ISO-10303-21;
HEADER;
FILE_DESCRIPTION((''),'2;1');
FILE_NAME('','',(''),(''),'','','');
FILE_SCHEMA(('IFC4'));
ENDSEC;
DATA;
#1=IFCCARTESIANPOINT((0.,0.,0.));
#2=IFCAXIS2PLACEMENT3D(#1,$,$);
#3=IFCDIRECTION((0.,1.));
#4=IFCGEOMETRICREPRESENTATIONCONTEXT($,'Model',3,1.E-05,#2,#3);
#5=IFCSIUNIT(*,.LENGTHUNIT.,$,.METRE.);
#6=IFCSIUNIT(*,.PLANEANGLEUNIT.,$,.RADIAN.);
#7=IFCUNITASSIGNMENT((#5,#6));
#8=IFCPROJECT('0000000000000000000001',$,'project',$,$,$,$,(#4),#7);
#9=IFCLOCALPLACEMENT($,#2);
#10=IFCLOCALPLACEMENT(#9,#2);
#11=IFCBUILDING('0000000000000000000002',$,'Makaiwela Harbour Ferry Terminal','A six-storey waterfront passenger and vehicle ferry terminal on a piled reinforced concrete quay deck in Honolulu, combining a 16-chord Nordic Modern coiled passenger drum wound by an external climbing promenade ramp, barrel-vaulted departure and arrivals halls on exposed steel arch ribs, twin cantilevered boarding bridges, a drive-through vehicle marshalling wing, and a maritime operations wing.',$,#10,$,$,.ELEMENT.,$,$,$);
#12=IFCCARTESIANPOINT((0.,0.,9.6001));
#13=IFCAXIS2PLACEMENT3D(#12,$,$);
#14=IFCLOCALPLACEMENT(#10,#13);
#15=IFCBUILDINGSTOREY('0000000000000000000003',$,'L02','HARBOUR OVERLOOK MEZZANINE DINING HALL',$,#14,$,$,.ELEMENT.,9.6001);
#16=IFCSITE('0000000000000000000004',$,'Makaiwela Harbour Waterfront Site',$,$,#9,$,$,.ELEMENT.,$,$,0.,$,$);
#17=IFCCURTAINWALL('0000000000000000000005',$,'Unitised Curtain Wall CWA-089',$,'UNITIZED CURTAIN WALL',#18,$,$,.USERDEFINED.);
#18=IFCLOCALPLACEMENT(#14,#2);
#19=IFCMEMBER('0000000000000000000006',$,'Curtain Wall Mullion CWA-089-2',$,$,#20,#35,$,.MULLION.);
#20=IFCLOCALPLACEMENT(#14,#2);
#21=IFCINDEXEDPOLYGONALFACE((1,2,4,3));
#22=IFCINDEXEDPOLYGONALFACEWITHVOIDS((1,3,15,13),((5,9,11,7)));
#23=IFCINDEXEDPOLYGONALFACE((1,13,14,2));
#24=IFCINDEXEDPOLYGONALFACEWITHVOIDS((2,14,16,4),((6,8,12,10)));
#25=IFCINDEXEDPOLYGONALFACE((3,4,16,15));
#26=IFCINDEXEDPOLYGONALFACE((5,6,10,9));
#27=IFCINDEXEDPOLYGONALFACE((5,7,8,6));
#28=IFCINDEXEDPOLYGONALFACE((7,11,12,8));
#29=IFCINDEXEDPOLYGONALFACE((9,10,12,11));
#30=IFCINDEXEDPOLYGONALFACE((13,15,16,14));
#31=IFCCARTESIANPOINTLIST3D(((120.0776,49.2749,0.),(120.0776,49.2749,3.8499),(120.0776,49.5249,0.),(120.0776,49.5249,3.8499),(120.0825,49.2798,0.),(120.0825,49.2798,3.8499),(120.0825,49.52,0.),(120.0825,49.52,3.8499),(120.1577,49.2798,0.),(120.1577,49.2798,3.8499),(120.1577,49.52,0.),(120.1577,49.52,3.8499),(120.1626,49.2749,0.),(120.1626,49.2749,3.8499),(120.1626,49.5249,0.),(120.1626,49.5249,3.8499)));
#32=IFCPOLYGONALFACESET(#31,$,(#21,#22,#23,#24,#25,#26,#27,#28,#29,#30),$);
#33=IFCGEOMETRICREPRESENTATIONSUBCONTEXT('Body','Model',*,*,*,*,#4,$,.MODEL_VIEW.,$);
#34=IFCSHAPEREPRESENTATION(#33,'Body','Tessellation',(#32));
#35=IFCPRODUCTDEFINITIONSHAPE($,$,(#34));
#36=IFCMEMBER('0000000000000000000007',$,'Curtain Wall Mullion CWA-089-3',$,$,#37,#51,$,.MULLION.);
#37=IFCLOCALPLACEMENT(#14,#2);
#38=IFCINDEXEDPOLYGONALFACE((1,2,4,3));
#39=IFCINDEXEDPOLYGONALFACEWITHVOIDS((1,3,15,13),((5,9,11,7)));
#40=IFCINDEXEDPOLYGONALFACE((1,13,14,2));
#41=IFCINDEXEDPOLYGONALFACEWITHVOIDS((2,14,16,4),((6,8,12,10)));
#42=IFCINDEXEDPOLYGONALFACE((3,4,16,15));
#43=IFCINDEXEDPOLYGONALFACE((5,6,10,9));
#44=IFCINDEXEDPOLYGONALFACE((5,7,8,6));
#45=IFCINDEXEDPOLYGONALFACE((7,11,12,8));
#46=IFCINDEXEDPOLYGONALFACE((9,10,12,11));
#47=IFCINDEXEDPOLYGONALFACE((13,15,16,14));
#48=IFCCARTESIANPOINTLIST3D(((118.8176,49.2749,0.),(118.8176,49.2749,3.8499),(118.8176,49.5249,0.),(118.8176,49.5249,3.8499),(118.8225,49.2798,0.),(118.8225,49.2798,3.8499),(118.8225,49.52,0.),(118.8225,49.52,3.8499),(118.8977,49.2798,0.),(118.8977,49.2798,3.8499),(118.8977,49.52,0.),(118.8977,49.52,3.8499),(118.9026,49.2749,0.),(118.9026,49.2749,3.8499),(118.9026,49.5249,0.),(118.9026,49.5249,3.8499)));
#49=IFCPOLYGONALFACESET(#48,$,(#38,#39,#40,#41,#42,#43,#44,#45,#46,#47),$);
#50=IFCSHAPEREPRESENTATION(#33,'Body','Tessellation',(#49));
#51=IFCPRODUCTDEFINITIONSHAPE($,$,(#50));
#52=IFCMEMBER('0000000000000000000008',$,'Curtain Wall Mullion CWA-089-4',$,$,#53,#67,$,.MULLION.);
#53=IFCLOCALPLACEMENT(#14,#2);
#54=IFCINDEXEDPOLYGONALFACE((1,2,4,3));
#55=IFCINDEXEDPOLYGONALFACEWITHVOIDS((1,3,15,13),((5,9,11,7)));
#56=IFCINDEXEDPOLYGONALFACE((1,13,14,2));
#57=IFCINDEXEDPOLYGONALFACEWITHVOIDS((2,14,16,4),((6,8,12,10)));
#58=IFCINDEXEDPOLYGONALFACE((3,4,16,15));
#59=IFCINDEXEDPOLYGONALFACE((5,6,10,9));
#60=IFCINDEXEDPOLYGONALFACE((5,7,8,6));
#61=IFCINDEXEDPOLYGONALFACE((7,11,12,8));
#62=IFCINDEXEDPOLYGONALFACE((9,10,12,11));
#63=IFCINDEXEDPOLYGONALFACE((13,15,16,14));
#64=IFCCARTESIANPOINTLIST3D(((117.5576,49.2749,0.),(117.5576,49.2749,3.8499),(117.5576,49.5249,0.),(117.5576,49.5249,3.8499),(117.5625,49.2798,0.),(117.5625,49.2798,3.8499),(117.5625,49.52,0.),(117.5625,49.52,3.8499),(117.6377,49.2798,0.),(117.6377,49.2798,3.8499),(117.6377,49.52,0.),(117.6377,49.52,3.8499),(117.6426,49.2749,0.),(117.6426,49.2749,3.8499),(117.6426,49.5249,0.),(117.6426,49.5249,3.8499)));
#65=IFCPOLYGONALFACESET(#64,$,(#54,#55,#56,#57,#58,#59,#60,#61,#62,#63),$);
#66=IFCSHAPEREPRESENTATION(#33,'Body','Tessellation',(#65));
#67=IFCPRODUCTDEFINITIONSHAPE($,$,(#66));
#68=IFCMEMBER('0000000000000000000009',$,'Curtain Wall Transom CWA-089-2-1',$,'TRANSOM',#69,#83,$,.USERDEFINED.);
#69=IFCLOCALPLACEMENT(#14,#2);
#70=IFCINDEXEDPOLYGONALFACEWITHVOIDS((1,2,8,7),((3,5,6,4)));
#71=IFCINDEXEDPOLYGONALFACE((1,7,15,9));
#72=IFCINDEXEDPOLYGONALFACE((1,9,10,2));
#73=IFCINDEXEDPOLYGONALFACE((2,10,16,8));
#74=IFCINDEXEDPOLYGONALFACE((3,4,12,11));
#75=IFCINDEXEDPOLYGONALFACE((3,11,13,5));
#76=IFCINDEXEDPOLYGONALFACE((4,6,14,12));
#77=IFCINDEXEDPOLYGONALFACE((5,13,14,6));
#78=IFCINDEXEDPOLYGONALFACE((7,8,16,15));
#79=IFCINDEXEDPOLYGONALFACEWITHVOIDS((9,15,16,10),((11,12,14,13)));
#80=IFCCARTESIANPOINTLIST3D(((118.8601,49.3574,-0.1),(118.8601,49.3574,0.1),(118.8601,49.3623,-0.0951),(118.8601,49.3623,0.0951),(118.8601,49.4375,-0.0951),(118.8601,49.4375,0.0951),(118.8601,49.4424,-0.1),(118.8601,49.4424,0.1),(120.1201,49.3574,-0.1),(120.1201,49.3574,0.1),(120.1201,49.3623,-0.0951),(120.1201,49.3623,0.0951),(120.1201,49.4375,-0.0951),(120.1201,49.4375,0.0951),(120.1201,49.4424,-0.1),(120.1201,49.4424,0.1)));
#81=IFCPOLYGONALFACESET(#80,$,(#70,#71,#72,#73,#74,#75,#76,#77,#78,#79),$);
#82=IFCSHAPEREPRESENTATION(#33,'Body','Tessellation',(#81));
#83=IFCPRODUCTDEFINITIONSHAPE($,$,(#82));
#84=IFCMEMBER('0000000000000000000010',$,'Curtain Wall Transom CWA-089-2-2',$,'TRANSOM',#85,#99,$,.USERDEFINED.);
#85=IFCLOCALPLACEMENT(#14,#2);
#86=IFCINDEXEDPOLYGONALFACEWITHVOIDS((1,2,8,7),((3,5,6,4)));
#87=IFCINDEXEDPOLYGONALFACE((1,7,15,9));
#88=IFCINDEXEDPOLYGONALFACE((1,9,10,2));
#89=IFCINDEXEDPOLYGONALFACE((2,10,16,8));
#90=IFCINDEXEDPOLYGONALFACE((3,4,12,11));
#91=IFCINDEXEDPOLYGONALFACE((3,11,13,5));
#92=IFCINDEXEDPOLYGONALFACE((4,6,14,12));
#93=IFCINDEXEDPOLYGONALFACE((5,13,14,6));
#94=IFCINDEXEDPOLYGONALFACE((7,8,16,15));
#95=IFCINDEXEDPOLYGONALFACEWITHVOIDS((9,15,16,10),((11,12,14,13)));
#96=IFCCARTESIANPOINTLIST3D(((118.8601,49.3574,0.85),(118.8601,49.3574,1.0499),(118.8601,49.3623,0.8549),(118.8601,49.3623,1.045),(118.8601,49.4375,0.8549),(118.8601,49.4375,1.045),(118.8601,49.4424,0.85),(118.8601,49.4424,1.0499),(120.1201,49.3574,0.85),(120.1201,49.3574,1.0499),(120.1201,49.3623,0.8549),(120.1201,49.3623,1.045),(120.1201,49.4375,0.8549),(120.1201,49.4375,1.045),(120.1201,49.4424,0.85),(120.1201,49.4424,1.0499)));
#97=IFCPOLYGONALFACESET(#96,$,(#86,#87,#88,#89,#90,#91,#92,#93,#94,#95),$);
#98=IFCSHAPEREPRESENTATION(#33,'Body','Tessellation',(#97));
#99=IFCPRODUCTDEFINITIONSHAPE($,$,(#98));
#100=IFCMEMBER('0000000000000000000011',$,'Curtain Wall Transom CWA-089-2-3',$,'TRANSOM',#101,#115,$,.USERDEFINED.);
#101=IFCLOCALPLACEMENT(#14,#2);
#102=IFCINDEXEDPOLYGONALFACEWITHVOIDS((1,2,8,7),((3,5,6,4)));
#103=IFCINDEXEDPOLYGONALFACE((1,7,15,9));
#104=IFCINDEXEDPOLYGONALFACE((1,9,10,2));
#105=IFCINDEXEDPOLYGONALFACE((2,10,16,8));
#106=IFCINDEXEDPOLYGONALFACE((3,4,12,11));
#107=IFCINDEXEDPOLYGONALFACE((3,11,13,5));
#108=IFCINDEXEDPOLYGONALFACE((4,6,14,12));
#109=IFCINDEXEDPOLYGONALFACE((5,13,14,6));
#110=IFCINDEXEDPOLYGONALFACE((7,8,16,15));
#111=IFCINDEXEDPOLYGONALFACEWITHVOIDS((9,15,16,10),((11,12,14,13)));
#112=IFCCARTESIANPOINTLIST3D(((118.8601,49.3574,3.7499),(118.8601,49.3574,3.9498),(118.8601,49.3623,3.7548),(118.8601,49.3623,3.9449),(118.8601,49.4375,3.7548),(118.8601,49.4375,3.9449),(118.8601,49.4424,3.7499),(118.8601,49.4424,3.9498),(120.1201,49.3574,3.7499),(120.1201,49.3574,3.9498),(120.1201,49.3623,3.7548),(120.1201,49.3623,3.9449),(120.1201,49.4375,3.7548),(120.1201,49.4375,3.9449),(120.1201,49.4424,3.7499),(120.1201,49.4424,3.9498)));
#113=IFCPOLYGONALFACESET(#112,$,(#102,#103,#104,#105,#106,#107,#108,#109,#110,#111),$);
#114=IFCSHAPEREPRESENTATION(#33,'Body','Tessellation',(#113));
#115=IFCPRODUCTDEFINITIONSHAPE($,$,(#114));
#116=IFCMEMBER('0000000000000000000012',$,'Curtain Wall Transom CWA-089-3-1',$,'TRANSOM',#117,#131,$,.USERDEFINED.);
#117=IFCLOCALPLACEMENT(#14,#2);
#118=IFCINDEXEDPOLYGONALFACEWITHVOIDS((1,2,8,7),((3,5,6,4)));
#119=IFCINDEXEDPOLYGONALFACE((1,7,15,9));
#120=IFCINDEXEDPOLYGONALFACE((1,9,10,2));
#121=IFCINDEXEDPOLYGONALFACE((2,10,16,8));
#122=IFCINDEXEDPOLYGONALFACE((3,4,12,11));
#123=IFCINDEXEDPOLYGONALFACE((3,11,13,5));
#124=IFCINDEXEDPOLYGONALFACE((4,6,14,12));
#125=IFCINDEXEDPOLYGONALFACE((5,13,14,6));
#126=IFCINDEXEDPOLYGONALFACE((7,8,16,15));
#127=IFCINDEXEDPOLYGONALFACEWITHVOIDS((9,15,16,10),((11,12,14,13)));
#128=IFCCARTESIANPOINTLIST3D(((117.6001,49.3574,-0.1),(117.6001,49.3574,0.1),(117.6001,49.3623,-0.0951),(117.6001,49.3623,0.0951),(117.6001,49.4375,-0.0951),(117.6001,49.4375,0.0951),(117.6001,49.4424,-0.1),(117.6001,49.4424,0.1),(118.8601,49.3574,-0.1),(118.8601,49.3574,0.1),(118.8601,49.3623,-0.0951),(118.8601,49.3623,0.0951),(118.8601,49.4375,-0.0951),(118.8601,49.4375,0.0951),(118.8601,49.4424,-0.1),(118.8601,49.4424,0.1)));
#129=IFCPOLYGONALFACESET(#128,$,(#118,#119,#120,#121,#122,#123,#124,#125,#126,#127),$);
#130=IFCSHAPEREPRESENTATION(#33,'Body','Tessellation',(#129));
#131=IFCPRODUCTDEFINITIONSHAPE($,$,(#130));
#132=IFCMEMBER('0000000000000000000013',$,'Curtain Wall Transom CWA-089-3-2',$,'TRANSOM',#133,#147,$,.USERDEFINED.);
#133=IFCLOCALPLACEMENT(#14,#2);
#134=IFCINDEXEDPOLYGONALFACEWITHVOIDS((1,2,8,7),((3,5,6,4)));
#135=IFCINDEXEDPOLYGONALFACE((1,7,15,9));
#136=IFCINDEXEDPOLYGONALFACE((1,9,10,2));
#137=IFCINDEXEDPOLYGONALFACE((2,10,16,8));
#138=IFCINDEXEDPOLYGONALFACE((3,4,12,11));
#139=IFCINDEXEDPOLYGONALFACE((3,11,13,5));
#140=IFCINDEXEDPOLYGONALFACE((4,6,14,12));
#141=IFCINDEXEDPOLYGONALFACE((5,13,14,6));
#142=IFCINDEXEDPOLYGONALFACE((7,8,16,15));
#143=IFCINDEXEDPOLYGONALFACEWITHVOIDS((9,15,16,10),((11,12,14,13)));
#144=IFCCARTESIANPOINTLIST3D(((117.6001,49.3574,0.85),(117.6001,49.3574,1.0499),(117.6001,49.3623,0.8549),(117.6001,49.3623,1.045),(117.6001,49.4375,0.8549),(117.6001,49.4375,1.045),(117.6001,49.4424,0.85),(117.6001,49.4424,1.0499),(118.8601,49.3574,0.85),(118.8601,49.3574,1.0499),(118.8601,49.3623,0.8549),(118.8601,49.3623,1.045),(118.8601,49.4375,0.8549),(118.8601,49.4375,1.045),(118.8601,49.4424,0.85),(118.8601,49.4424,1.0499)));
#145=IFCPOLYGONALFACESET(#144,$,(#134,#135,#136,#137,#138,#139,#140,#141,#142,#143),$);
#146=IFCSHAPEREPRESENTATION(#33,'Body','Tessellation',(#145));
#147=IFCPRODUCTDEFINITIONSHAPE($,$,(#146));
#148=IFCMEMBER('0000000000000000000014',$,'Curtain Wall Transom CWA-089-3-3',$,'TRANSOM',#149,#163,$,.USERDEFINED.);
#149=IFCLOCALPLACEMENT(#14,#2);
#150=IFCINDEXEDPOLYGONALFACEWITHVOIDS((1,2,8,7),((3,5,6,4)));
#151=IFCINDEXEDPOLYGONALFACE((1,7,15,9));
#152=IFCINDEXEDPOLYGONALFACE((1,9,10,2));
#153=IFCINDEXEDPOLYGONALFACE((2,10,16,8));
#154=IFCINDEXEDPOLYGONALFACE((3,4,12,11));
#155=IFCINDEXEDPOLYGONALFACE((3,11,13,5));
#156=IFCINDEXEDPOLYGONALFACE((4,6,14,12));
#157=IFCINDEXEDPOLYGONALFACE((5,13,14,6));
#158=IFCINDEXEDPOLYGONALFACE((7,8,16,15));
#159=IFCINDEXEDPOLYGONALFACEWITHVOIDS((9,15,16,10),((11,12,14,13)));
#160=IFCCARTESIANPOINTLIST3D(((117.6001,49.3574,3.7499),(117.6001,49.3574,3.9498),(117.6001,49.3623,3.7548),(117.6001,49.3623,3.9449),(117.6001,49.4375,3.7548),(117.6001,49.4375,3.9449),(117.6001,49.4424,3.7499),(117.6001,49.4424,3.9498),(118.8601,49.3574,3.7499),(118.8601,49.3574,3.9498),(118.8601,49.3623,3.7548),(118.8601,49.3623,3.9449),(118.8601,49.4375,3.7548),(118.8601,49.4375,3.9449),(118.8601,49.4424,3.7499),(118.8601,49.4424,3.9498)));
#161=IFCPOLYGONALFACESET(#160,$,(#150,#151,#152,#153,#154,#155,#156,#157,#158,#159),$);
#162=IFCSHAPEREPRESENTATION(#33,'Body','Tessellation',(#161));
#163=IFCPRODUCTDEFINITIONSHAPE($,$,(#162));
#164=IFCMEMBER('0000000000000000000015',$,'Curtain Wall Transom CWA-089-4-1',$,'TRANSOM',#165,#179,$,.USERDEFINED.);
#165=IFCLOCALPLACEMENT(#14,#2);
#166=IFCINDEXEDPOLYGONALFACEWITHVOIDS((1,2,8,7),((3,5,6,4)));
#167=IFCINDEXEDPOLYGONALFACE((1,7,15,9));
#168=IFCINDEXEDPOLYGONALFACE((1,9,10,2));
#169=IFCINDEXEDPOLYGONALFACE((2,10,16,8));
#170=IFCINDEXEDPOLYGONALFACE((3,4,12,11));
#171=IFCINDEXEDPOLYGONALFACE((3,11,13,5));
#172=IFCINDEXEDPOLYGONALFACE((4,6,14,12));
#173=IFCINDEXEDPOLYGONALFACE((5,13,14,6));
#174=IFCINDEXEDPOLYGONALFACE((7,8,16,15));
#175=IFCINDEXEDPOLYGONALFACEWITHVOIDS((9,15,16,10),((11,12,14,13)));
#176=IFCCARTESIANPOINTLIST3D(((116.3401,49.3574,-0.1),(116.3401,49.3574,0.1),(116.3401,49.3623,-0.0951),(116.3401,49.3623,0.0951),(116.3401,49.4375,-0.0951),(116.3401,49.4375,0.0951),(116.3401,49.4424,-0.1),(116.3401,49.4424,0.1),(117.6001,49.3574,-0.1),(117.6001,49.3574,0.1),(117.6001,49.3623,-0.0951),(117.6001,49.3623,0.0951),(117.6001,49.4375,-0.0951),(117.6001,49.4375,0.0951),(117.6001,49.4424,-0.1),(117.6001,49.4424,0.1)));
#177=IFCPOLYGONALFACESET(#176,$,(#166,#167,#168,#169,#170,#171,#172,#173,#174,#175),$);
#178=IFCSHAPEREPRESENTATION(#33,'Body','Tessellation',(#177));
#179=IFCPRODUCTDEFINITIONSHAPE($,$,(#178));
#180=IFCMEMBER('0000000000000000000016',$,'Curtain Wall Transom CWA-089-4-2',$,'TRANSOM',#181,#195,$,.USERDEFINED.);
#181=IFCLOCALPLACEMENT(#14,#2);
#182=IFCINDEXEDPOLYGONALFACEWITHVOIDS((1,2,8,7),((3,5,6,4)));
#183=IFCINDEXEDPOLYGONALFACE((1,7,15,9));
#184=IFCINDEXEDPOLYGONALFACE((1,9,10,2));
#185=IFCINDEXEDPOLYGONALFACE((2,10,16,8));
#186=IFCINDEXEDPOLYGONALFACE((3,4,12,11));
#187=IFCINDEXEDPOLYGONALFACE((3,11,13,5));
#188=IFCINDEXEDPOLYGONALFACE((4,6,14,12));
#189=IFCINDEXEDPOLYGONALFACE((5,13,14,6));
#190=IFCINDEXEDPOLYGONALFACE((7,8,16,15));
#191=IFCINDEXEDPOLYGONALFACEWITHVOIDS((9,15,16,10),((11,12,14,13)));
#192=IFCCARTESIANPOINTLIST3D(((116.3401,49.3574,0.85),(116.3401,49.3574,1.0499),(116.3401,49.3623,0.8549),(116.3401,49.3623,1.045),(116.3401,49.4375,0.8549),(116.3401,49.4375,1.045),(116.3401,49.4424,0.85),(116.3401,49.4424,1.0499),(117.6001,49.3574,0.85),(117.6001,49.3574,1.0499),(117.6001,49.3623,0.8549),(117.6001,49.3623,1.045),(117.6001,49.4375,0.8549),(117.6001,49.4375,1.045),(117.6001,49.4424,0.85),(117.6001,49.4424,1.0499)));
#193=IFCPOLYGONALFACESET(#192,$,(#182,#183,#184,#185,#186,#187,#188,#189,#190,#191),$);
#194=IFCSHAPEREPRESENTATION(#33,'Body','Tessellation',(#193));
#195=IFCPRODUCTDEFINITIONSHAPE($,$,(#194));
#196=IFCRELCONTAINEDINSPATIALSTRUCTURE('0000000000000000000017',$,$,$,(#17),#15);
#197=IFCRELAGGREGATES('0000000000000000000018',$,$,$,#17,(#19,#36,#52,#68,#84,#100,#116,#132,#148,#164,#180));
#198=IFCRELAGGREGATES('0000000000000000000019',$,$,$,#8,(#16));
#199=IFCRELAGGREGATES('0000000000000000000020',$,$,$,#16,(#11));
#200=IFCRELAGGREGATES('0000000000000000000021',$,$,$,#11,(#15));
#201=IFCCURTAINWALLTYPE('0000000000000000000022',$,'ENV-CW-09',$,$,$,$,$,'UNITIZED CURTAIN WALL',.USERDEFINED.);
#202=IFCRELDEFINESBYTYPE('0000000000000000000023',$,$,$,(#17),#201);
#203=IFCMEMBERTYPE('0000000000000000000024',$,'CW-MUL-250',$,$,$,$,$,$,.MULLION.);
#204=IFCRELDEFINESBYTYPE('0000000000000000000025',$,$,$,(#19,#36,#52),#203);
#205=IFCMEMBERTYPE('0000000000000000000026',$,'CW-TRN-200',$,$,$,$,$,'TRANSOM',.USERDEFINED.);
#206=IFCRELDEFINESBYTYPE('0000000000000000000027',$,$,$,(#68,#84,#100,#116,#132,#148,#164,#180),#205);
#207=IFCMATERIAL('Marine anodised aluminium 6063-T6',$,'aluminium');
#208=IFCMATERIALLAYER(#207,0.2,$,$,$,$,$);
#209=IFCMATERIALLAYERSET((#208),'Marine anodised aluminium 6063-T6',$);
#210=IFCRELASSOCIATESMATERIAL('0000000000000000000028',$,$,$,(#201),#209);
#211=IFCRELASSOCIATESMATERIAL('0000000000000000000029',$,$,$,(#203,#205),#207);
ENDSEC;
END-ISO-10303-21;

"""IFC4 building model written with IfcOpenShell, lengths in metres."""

from ifc_helpers import new_model, si_unit, direction, frame, origin, origin_2d, place, context, subcontext, project, spatial, hollow_rectangle, extrude, material, layer, layer_set, material_profile, profile_set, type_object, element, aggregate, save


model = new_model("IFC4")

# Units and contexts
model_context = context("Model", 3, precision=1e-05, world=origin(), true_north=direction((0.0, 1.0)))
body_context = subcontext(model_context, "Body", "Model", "MODEL_VIEW")
ifc_project = project(units=[si_unit("LENGTHUNIT", "METRE"), si_unit("PLANEANGLEUNIT", "RADIAN")], contexts=[model_context])

# Site, building, storey
site_placement = place(None, origin())
site = spatial("IfcSite", under=ifc_project, at=site_placement, Name="Makaiwela Harbour Waterfront Site", CompositionType="ELEMENT", RefElevation=0.0)
building_placement = place(site_placement, origin())
building = spatial("IfcBuilding", under=site, at=building_placement, Name="Makaiwela Harbour Ferry Terminal", Description="A six-storey waterfront passenger and vehicle ferry terminal on a piled reinforced concrete quay deck in Honolulu, combining a 16-chord Nordic Modern coiled passenger drum wound by an external climbing promenade ramp, barrel-vaulted departure and arrivals halls on exposed steel arch ribs, twin cantilevered boarding bridges, a drive-through vehicle marshalling wing, and a maritime operations wing.", CompositionType="ELEMENT")
storey_placement = place(building_placement, frame((0.0, 0.0, 9.6001)))
storey = spatial("IfcBuildingStorey", under=building, at=storey_placement, Name="L02", Description="HARBOUR OVERLOOK MEZZANINE DINING HALL", CompositionType="ELEMENT", Elevation=9.6001)

# Curtain wall, members
ifc_material_1 = material(Name="Marine anodised aluminium 6063-T6", Category="aluminium")
ifc_layer_1 = layer(ifc_material_1, 0.2)
ifc_layer_set_1 = layer_set([ifc_layer_1], Name="Marine anodised aluminium 6063-T6")
curtain_wall_type = type_object("IfcCurtainWallType", Name="ENV-CW-09", ElementType="UNITIZED CURTAIN WALL", PredefinedType="USERDEFINED", material=ifc_layer_set_1)
curtain_wall_placement = place(storey_placement, origin())
curtain_wall = element("IfcCurtainWall", 1, at=curtain_wall_placement, inside=storey, type_object=curtain_wall_type, Name="Unitised Curtain Wall CWA-089", ObjectType="UNITIZED CURTAIN WALL", PredefinedType="USERDEFINED")
ifc_material_profile_1 = material_profile(ifc_material_1, hollow_rectangle(XDim=0.085, YDim=0.25, WallThickness=0.0049, at=origin_2d()), Name="CWM-250X85")
ifc_profile_set_1 = profile_set([ifc_material_profile_1], Name="Marine anodised aluminium 6063-T6")
member_type_1 = type_object("IfcMemberType", Name="CW-MUL-250", PredefinedType="MULLION", material=ifc_profile_set_1)
member_1_placement = place(storey_placement, frame((120.1201, 49.3999, 0.0), z_axis=(0.0, 0.0, 1.0), x_axis=(1.0, 0.0, 0.0)))
member_1 = element("IfcMember", 2, at=member_1_placement, type_object=member_type_1, Name="Curtain Wall Mullion CWA-089-2", PredefinedType="MULLION", context=body_context, shape_type="SweptSolid", body=[
    extrude(hollow_rectangle(XDim=0.085, YDim=0.25, WallThickness=0.0049, at=origin_2d()), origin(), (0.0, 0.0, 1.0), 3.8499),
])
member_2_placement = place(storey_placement, frame((118.8601, 49.3999, 0.0), z_axis=(0.0, 0.0, 1.0), x_axis=(1.0, 0.0, 0.0)))
member_2 = element("IfcMember", 3, at=member_2_placement, type_object=member_type_1, Name="Curtain Wall Mullion CWA-089-3", PredefinedType="MULLION", context=body_context, shape_type="SweptSolid", body=[
    extrude(hollow_rectangle(XDim=0.085, YDim=0.25, WallThickness=0.0049, at=origin_2d()), origin(), (0.0, 0.0, 1.0), 3.8499),
])
member_3_placement = place(storey_placement, frame((117.6001, 49.3999, 0.0), z_axis=(0.0, 0.0, 1.0), x_axis=(1.0, 0.0, 0.0)))
member_3 = element("IfcMember", 4, at=member_3_placement, type_object=member_type_1, Name="Curtain Wall Mullion CWA-089-4", PredefinedType="MULLION", context=body_context, shape_type="SweptSolid", body=[
    extrude(hollow_rectangle(XDim=0.085, YDim=0.25, WallThickness=0.0049, at=origin_2d()), origin(), (0.0, 0.0, 1.0), 3.8499),
])
ifc_material_profile_2 = material_profile(ifc_material_1, hollow_rectangle(XDim=0.085, YDim=0.2, WallThickness=0.0049, at=origin_2d()), Name="CWT-200X85")
ifc_profile_set_2 = profile_set([ifc_material_profile_2], Name="Marine anodised aluminium 6063-T6")
member_type_2 = type_object("IfcMemberType", Name="CW-TRN-200", ElementType="TRANSOM", PredefinedType="USERDEFINED", material=ifc_profile_set_2)
member_4_placement = place(storey_placement, frame((120.1201, 49.3999, 0.0), z_axis=(-1.0, 0.0, 0.0), x_axis=(0.0, -1.0, 0.0)))
member_4 = element("IfcMember", 5, at=member_4_placement, type_object=member_type_2, Name="Curtain Wall Transom CWA-089-2-1", ObjectType="TRANSOM", PredefinedType="USERDEFINED", context=body_context, shape_type="SweptSolid", body=[
    extrude(hollow_rectangle(XDim=0.085, YDim=0.2, WallThickness=0.0049, at=origin_2d()), origin(), (0.0, 0.0, 1.0), 1.26),
])
member_5_placement = place(storey_placement, frame((120.1201, 49.3999, 0.95), z_axis=(-1.0, 0.0, 0.0), x_axis=(0.0, -1.0, 0.0)))
member_5 = element("IfcMember", 6, at=member_5_placement, type_object=member_type_2, Name="Curtain Wall Transom CWA-089-2-2", ObjectType="TRANSOM", PredefinedType="USERDEFINED", context=body_context, shape_type="SweptSolid", body=[
    extrude(hollow_rectangle(XDim=0.085, YDim=0.2, WallThickness=0.0049, at=origin_2d()), origin(), (0.0, 0.0, 1.0), 1.26),
])
member_6_placement = place(storey_placement, frame((120.1201, 49.3999, 3.8499), z_axis=(-1.0, 0.0, 0.0), x_axis=(0.0, -1.0, 0.0)))
member_6 = element("IfcMember", 7, at=member_6_placement, type_object=member_type_2, Name="Curtain Wall Transom CWA-089-2-3", ObjectType="TRANSOM", PredefinedType="USERDEFINED", context=body_context, shape_type="SweptSolid", body=[
    extrude(hollow_rectangle(XDim=0.085, YDim=0.2, WallThickness=0.0049, at=origin_2d()), origin(), (0.0, 0.0, 1.0), 1.26),
])
member_7_placement = place(storey_placement, frame((118.8601, 49.3999, 0.0), z_axis=(-1.0, 0.0, 0.0), x_axis=(0.0, -1.0, 0.0)))
member_7 = element("IfcMember", 8, at=member_7_placement, type_object=member_type_2, Name="Curtain Wall Transom CWA-089-3-1", ObjectType="TRANSOM", PredefinedType="USERDEFINED", context=body_context, shape_type="SweptSolid", body=[
    extrude(hollow_rectangle(XDim=0.085, YDim=0.2, WallThickness=0.0049, at=origin_2d()), origin(), (0.0, 0.0, 1.0), 1.26),
])
member_8_placement = place(storey_placement, frame((118.8601, 49.3999, 0.95), z_axis=(-1.0, 0.0, 0.0), x_axis=(0.0, -1.0, 0.0)))
member_8 = element("IfcMember", 9, at=member_8_placement, type_object=member_type_2, Name="Curtain Wall Transom CWA-089-3-2", ObjectType="TRANSOM", PredefinedType="USERDEFINED", context=body_context, shape_type="SweptSolid", body=[
    extrude(hollow_rectangle(XDim=0.085, YDim=0.2, WallThickness=0.0049, at=origin_2d()), origin(), (0.0, 0.0, 1.0), 1.26),
])
member_9_placement = place(storey_placement, frame((118.8601, 49.3999, 3.8499), z_axis=(-1.0, 0.0, 0.0), x_axis=(0.0, -1.0, 0.0)))
member_9 = element("IfcMember", 10, at=member_9_placement, type_object=member_type_2, Name="Curtain Wall Transom CWA-089-3-3", ObjectType="TRANSOM", PredefinedType="USERDEFINED", context=body_context, shape_type="SweptSolid", body=[
    extrude(hollow_rectangle(XDim=0.085, YDim=0.2, WallThickness=0.0049, at=origin_2d()), origin(), (0.0, 0.0, 1.0), 1.26),
])
member_10_placement = place(storey_placement, frame((117.6001, 49.3999, 0.0), z_axis=(-1.0, 0.0, 0.0), x_axis=(0.0, -1.0, 0.0)))
member_10 = element("IfcMember", 11, at=member_10_placement, type_object=member_type_2, Name="Curtain Wall Transom CWA-089-4-1", ObjectType="TRANSOM", PredefinedType="USERDEFINED", context=body_context, shape_type="SweptSolid", body=[
    extrude(hollow_rectangle(XDim=0.085, YDim=0.2, WallThickness=0.0049, at=origin_2d()), origin(), (0.0, 0.0, 1.0), 1.26),
])
member_11_placement = place(storey_placement, frame((117.6001, 49.3999, 0.95), z_axis=(-1.0, 0.0, 0.0), x_axis=(0.0, -1.0, 0.0)))
member_11 = element("IfcMember", 12, at=member_11_placement, type_object=member_type_2, Name="Curtain Wall Transom CWA-089-4-2", ObjectType="TRANSOM", PredefinedType="USERDEFINED", context=body_context, shape_type="SweptSolid", body=[
    extrude(hollow_rectangle(XDim=0.085, YDim=0.2, WallThickness=0.0049, at=origin_2d()), origin(), (0.0, 0.0, 1.0), 1.26),
])

aggregate(curtain_wall, [member_1, member_2, member_3, member_4, member_5, member_6, member_7, member_8, member_9, member_10, member_11])

save(model, "model.ifc")
